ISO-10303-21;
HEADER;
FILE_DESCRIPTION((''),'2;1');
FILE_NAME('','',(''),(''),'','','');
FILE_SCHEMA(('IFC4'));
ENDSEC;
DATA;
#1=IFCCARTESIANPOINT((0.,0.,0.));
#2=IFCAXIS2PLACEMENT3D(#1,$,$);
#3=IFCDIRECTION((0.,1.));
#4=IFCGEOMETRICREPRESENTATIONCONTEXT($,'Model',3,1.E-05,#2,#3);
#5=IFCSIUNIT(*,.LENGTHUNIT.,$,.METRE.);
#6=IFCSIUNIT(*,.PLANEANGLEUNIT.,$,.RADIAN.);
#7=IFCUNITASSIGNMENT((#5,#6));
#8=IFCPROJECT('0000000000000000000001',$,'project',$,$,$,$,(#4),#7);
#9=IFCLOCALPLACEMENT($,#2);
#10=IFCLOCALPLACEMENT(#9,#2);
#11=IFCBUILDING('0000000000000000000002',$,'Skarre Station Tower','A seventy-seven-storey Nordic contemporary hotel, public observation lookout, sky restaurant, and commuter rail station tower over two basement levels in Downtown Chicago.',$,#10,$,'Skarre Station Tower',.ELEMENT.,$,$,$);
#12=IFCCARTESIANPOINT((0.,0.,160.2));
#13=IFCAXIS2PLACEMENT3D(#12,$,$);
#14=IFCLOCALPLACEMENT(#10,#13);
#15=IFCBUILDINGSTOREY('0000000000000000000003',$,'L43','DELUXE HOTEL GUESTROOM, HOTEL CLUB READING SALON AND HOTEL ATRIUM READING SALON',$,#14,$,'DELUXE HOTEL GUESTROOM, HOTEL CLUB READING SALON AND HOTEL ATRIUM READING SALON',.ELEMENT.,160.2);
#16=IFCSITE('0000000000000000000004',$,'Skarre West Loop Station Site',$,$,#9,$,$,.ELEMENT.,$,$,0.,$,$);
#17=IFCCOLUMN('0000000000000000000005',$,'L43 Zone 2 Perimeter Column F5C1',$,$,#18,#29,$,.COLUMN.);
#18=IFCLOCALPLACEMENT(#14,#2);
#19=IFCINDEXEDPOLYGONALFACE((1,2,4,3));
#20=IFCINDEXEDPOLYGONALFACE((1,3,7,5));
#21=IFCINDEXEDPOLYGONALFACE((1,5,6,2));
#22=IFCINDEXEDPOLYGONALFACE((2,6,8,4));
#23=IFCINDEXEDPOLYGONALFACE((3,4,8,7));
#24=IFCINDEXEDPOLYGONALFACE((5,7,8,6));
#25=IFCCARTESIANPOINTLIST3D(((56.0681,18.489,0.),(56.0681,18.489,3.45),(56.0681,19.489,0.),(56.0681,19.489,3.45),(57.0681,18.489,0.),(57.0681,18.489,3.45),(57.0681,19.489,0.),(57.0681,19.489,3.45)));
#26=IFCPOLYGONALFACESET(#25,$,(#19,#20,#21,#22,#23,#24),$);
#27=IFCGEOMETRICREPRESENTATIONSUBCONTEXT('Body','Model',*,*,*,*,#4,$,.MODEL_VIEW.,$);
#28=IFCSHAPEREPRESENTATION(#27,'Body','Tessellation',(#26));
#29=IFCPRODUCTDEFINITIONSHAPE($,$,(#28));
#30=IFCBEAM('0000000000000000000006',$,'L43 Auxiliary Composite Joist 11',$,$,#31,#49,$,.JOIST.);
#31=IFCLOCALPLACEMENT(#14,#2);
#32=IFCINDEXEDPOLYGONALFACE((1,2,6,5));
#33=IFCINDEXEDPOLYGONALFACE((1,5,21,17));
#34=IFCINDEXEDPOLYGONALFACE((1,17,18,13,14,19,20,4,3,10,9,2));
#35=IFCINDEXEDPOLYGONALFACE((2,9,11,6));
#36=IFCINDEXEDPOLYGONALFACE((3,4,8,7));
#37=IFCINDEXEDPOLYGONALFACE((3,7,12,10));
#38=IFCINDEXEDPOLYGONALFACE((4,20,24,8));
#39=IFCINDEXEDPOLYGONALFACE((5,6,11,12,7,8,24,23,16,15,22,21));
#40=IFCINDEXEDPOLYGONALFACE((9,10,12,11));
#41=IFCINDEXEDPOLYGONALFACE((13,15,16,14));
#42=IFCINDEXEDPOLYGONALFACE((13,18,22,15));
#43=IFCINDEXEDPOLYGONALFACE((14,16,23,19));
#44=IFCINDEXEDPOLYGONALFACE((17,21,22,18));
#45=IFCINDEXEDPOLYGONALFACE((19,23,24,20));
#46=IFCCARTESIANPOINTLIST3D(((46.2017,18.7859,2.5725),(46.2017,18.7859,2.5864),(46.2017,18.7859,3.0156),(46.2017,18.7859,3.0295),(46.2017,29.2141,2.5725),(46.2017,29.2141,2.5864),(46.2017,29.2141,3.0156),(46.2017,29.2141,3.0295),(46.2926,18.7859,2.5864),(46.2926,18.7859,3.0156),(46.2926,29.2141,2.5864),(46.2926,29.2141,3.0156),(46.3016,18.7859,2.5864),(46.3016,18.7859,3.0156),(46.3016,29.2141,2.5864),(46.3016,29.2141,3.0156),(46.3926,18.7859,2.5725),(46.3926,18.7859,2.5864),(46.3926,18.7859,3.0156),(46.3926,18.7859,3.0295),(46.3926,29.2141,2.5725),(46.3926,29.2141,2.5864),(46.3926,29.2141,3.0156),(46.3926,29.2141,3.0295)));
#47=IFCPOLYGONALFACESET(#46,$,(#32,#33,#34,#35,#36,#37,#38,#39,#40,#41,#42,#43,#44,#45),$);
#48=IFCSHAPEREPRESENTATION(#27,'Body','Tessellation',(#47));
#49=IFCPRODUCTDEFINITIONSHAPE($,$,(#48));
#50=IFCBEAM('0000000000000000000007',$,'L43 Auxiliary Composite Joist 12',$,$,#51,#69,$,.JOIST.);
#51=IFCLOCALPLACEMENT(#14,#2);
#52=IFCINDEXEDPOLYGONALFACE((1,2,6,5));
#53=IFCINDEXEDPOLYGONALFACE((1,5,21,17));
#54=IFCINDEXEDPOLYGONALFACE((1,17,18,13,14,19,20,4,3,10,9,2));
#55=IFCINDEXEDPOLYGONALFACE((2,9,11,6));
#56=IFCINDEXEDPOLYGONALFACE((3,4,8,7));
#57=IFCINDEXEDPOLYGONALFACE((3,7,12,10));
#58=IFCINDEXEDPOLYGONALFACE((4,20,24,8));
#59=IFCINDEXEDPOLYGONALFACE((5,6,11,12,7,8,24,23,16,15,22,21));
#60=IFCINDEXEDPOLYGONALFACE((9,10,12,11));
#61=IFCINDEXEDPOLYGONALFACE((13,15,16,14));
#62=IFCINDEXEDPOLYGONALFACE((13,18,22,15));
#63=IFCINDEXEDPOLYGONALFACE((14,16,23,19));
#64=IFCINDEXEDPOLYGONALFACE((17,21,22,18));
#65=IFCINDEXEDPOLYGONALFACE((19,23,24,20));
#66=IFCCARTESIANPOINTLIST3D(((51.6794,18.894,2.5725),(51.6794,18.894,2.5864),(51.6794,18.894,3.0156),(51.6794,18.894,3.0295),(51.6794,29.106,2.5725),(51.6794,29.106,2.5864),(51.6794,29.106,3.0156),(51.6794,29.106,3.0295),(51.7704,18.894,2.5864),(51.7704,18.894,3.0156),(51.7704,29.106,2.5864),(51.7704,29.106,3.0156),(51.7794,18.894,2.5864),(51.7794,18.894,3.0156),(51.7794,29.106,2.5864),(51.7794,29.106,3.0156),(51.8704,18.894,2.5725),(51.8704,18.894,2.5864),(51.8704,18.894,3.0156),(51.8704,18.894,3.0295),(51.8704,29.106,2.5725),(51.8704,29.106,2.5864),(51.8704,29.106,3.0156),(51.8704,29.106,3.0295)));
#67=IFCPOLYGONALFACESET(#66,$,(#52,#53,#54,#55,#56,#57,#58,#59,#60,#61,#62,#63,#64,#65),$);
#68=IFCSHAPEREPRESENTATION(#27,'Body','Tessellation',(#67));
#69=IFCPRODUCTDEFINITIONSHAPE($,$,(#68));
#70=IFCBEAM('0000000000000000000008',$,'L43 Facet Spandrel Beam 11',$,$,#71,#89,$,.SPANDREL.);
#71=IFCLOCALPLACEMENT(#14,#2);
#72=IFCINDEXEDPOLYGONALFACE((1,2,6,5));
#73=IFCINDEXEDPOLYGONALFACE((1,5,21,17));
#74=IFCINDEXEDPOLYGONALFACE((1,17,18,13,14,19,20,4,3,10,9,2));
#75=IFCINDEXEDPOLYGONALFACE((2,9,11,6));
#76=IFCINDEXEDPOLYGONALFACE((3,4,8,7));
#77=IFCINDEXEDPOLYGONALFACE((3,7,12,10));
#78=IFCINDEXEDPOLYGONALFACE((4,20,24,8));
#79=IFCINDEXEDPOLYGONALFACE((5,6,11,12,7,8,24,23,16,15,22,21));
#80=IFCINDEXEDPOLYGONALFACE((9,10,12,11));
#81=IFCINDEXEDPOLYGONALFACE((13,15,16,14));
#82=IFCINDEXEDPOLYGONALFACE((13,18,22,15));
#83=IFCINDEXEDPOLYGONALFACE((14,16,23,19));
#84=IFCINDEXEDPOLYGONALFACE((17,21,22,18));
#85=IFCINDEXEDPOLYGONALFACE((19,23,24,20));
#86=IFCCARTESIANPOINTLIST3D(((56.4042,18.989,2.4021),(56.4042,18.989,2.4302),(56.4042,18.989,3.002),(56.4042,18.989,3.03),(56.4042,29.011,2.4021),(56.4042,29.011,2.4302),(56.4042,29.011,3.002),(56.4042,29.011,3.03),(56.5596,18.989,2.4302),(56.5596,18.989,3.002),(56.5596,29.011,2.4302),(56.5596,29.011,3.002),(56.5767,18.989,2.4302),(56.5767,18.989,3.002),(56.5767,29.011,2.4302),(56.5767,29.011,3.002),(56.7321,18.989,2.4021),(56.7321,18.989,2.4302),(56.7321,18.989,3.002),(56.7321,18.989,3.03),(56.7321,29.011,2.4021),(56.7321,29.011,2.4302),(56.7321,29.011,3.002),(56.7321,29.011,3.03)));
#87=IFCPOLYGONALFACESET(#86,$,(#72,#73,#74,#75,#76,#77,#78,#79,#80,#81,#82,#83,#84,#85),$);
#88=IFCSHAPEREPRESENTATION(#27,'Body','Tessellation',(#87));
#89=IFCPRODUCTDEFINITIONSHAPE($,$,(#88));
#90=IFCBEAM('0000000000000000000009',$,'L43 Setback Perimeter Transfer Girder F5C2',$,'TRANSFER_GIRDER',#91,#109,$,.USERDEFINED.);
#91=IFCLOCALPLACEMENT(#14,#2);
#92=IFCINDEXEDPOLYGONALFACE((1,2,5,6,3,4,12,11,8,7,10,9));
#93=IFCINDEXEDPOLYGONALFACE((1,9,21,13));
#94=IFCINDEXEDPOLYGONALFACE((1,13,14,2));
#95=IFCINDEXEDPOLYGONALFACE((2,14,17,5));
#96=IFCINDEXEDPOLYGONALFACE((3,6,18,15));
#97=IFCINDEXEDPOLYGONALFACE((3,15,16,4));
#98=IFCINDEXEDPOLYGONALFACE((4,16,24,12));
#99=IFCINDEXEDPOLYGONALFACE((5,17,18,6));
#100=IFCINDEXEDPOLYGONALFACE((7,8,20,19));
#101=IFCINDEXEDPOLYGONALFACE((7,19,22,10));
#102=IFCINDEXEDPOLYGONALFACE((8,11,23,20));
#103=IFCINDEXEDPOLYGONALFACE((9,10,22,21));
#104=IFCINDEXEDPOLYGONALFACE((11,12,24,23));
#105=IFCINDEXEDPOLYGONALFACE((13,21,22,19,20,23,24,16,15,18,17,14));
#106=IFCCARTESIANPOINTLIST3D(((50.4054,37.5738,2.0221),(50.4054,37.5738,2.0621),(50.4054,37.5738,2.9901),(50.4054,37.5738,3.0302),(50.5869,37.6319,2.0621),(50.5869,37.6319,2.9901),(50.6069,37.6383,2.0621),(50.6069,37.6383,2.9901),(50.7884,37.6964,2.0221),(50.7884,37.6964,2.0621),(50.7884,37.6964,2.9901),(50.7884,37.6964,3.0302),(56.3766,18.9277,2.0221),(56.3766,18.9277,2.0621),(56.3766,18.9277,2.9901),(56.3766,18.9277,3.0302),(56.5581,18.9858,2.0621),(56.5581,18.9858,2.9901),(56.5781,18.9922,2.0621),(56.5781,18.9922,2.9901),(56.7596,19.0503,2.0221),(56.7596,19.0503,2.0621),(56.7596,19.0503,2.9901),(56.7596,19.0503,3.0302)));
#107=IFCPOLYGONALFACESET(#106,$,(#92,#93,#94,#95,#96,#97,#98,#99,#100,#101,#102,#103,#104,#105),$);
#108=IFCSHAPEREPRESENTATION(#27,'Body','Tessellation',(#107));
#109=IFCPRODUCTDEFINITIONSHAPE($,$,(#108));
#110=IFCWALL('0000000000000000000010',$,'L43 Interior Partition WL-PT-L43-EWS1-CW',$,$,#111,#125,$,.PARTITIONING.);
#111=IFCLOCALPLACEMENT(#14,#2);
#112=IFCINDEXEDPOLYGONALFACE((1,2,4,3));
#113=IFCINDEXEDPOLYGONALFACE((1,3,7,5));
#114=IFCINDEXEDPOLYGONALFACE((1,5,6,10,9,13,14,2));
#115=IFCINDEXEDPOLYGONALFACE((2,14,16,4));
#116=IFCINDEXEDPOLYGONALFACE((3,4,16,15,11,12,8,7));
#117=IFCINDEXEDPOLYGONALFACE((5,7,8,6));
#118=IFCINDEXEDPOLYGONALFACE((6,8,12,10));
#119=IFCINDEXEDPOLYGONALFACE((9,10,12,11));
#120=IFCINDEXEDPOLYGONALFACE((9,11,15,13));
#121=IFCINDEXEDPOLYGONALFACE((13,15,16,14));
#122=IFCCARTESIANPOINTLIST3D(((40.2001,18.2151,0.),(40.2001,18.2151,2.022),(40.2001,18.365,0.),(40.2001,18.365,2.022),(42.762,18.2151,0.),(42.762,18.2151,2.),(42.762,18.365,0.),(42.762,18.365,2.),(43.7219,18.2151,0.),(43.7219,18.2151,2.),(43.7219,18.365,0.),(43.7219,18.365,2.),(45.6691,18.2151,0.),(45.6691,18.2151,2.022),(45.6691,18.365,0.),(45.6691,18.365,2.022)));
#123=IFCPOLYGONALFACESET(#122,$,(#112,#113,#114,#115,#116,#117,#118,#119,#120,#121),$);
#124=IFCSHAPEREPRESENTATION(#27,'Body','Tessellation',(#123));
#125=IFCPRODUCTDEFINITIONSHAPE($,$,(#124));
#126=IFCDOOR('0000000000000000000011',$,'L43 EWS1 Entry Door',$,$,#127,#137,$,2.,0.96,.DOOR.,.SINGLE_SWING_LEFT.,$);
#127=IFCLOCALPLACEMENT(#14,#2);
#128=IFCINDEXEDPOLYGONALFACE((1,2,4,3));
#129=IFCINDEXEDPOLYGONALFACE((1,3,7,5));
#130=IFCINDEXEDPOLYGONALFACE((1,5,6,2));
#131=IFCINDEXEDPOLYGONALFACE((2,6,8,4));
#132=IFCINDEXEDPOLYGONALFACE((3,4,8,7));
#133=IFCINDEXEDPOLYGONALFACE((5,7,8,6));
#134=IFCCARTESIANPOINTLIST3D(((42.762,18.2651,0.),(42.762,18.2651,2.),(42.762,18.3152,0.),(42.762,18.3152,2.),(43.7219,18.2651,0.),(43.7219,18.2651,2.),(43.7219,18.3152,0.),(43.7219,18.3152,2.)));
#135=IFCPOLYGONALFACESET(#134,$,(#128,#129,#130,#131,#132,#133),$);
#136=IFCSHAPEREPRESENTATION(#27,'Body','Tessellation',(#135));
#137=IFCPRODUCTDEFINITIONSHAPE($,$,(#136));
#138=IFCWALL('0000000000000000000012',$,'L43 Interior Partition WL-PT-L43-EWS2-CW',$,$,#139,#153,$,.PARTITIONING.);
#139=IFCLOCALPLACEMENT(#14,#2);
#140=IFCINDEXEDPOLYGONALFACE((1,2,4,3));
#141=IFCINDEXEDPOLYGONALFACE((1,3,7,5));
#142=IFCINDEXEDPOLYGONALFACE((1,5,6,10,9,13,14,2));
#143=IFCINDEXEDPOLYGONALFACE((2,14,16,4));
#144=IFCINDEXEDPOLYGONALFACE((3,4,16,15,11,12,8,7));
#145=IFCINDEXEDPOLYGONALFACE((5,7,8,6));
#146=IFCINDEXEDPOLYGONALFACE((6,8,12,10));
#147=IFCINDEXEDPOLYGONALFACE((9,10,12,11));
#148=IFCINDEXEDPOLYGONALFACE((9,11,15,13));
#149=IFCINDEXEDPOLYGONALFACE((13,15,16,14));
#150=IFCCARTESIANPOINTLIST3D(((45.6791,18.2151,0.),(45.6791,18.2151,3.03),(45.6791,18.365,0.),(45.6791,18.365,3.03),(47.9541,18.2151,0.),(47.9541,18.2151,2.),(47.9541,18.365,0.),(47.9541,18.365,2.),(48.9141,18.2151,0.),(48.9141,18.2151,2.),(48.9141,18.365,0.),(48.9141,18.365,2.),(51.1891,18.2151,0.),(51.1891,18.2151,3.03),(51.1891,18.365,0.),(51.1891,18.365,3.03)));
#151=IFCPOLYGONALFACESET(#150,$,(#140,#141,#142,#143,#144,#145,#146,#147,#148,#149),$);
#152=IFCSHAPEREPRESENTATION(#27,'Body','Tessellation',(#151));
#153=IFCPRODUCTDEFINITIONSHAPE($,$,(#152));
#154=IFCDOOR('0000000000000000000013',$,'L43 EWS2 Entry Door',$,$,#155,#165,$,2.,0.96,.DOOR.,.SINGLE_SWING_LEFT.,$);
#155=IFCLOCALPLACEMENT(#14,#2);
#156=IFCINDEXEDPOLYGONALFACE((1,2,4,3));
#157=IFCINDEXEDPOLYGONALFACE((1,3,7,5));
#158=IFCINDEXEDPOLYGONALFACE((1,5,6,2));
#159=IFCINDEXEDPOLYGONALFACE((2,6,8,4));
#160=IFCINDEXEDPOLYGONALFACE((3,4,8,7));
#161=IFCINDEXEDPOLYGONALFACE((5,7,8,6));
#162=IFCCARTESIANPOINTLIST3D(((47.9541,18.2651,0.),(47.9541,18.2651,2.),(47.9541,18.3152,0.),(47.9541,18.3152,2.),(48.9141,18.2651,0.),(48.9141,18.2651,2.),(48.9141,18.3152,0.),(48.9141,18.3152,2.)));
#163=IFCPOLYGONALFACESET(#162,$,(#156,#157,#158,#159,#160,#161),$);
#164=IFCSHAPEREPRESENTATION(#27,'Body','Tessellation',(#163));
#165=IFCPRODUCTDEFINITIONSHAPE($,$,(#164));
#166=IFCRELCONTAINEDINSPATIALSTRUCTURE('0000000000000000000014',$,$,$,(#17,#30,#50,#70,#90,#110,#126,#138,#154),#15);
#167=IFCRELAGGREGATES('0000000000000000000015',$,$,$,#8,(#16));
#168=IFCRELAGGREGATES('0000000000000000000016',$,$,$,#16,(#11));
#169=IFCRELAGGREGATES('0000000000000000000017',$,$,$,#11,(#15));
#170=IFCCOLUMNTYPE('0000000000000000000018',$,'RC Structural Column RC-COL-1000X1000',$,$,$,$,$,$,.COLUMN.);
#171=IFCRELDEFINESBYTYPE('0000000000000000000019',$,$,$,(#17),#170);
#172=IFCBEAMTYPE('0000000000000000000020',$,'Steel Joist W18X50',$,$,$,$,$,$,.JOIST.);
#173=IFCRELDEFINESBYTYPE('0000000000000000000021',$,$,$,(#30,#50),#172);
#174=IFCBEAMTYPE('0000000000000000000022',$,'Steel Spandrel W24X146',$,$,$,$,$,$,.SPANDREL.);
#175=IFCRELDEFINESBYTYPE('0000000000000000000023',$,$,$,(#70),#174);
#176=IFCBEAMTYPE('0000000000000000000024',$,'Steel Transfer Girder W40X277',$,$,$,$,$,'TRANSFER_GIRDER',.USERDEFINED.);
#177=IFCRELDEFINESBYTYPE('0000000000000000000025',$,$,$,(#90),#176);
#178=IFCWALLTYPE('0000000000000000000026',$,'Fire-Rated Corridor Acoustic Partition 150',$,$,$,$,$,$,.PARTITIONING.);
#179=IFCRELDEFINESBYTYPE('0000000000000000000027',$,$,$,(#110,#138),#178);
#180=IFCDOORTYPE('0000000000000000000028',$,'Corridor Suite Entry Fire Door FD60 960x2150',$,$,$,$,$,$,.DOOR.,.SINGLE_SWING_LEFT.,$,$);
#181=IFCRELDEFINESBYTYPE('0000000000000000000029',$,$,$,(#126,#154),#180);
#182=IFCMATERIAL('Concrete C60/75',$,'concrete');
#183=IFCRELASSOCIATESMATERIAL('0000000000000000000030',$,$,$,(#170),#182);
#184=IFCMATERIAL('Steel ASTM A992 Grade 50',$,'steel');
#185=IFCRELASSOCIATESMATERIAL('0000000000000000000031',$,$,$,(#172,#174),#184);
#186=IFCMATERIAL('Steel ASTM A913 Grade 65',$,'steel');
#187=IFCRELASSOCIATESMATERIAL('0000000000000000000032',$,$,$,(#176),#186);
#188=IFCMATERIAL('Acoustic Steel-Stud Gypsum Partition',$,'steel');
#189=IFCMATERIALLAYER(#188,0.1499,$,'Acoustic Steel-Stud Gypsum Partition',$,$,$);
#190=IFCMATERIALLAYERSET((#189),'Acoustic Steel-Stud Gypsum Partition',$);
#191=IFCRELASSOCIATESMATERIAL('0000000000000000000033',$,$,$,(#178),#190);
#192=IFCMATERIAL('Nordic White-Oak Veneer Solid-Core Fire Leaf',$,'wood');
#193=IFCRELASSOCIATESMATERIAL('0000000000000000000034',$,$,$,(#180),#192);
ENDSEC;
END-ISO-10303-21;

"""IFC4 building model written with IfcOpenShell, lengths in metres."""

from ifc_helpers import new_model, si_unit, direction, frame, frame_2d, origin, origin_2d, place, context, subcontext, project, spatial, rectangle, i_section, extrude, material, layer, layer_set, material_profile, profile_set, type_object, element, fill, save


model = new_model("IFC4")

# Units and contexts
model_context = context("Model", 3, precision=1e-05, world=origin(), true_north=direction((0.0, 1.0)))
body_context = subcontext(model_context, "Body", "Model", "MODEL_VIEW")
ifc_project = project(units=[si_unit("LENGTHUNIT", "METRE"), si_unit("PLANEANGLEUNIT", "RADIAN")], contexts=[model_context])

# Site, building, storey
site_placement = place(None, origin())
site = spatial("IfcSite", under=ifc_project, at=site_placement, Name="Skarre West Loop Station Site", CompositionType="ELEMENT", RefElevation=0.0)
building_placement = place(site_placement, origin())
building = spatial("IfcBuilding", under=site, at=building_placement, Name="Skarre Station Tower", Description="A seventy-seven-storey Nordic contemporary hotel, public observation lookout, sky restaurant, and commuter rail station tower over two basement levels in Downtown Chicago.", LongName="Skarre Station Tower", CompositionType="ELEMENT")
storey_placement = place(building_placement, frame((0.0, 0.0, 160.2)))
storey = spatial("IfcBuildingStorey", under=building, at=storey_placement, Name="L43", Description="DELUXE HOTEL GUESTROOM, HOTEL CLUB READING SALON AND HOTEL ATRIUM READING SALON", LongName="DELUXE HOTEL GUESTROOM, HOTEL CLUB READING SALON AND HOTEL ATRIUM READING SALON", CompositionType="ELEMENT", Elevation=160.2)

# Column
ifc_material_1 = material(Name="Concrete C60/75", Category="concrete")
ifc_material_profile_1 = material_profile(ifc_material_1, rectangle(XDim=1.0, YDim=1.0, at=origin_2d()), Name="Concrete C60/75")
ifc_profile_set_1 = profile_set([ifc_material_profile_1], Name="Concrete C60/75")
column_type = type_object("IfcColumnType", Name="RC Structural Column RC-COL-1000X1000", PredefinedType="COLUMN", material=ifc_profile_set_1)
column_placement = place(storey_placement, frame((56.5681, 18.989, 0.0), z_axis=(0.0, 0.0, 1.0), x_axis=(1.0, 0.0, 0.0)))
element("IfcColumn", 1, at=column_placement, inside=storey, type_object=column_type, Name="L43 Zone 2 Perimeter Column F5C1", PredefinedType="COLUMN", context=body_context, shape_type="SweptSolid", body=[
    extrude(rectangle(XDim=1.0, YDim=1.0, at=origin_2d()), origin(), (0.0, 0.0, 1.0), 3.45),
])

# Beams
ifc_material_2 = material(Name="Steel ASTM A992 Grade 50", Category="steel")
ifc_material_profile_2 = material_profile(ifc_material_2, i_section(OverallWidth=0.1909, OverallDepth=0.457, WebThickness=0.009, FlangeThickness=0.0139, at=origin_2d()), Name="Steel ASTM A992 Grade 50")
ifc_profile_set_2 = profile_set([ifc_material_profile_2], Name="Steel ASTM A992 Grade 50")
beam_type_1 = type_object("IfcBeamType", Name="Steel Joist W18X50", PredefinedType="JOIST", material=ifc_profile_set_2)
beam_1_placement = place(storey_placement, frame((46.2971, 18.7859, 2.801), z_axis=(0.0, 1.0, 0.0), x_axis=(-1.0, 0.0, 0.0)))
element("IfcBeam", 2, at=beam_1_placement, inside=storey, type_object=beam_type_1, Name="L43 Auxiliary Composite Joist 11", PredefinedType="JOIST", context=body_context, shape_type="SweptSolid", body=[
    extrude(i_section(OverallWidth=0.1909, OverallDepth=0.457, WebThickness=0.009, FlangeThickness=0.0139, at=origin_2d()), origin(), (0.0, 0.0, 1.0), 10.4282),
])
beam_2_placement = place(storey_placement, frame((51.7749, 18.894, 2.801), z_axis=(0.0, 1.0, 0.0), x_axis=(-1.0, 0.0, 0.0)))
element("IfcBeam", 3, at=beam_2_placement, inside=storey, type_object=beam_type_1, Name="L43 Auxiliary Composite Joist 12", PredefinedType="JOIST", context=body_context, shape_type="SweptSolid", body=[
    extrude(i_section(OverallWidth=0.1909, OverallDepth=0.457, WebThickness=0.009, FlangeThickness=0.0139, at=origin_2d()), origin(), (0.0, 0.0, 1.0), 10.2119),
])
ifc_material_profile_3 = material_profile(ifc_material_2, i_section(OverallWidth=0.3279, OverallDepth=0.6279, WebThickness=0.0171, FlangeThickness=0.0281, at=origin_2d()), Name="Steel ASTM A992 Grade 50")
ifc_profile_set_3 = profile_set([ifc_material_profile_3], Name="Steel ASTM A992 Grade 50")
beam_type_2 = type_object("IfcBeamType", Name="Steel Spandrel W24X146", PredefinedType="SPANDREL", material=ifc_profile_set_3)
beam_3_placement = place(storey_placement, frame((56.5681, 18.989, 2.7161), z_axis=(0.0, 1.0, 0.0), x_axis=(-1.0, 0.0, 0.0)))
element("IfcBeam", 4, at=beam_3_placement, inside=storey, type_object=beam_type_2, Name="L43 Facet Spandrel Beam 11", PredefinedType="SPANDREL", context=body_context, shape_type="SweptSolid", body=[
    extrude(i_section(OverallWidth=0.3279, OverallDepth=0.6279, WebThickness=0.0171, FlangeThickness=0.0281, at=origin_2d()), origin(), (0.0, 0.0, 1.0), 10.022),
])
ifc_material_3 = material(Name="Steel ASTM A913 Grade 65", Category="steel")
ifc_material_profile_4 = material_profile(ifc_material_3, i_section(OverallWidth=0.4021, OverallDepth=1.0081, WebThickness=0.021, FlangeThickness=0.04, at=origin_2d()), Name="Steel ASTM A913 Grade 65")
ifc_profile_set_4 = profile_set([ifc_material_profile_4], Name="Steel ASTM A913 Grade 65")
beam_type_3 = type_object("IfcBeamType", Name="Steel Transfer Girder W40X277", ElementType="TRANSFER_GIRDER", PredefinedType="USERDEFINED", material=ifc_profile_set_4)
beam_4_placement = place(storey_placement, frame((56.5681, 18.989, 2.5261), z_axis=(-0.304983, 0.952358, 0.0), x_axis=(-0.952358, -0.304983, 0.0)))
element("IfcBeam", 5, at=beam_4_placement, inside=storey, type_object=beam_type_3, Name="L43 Setback Perimeter Transfer Girder F5C2", ObjectType="TRANSFER_GIRDER", PredefinedType="USERDEFINED", context=body_context, shape_type="SweptSolid", body=[
    extrude(i_section(OverallWidth=0.4021, OverallDepth=1.0081, WebThickness=0.021, FlangeThickness=0.04, at=origin_2d()), origin(), (0.0, 0.0, 1.0), 19.5789),
])

# Walls, openings, doors
ifc_material_4 = material(Name="Acoustic Steel-Stud Gypsum Partition", Category="steel")
ifc_layer_1 = layer(ifc_material_4, 0.1499, Name="Acoustic Steel-Stud Gypsum Partition")
ifc_layer_set_1 = layer_set([ifc_layer_1], Name="Acoustic Steel-Stud Gypsum Partition")
wall_type_1 = type_object("IfcWallType", Name="Fire-Rated Corridor Acoustic Partition 150", PredefinedType="PARTITIONING", material=ifc_layer_set_1)
wall_1_placement = place(storey_placement, frame((45.6689, 18.29, 0.0), z_axis=(0.0, 0.0, 1.0), x_axis=(-1.0, 0.0, 0.0)))
wall_1 = element("IfcWall", 6, at=wall_1_placement, inside=storey, type_object=wall_type_1, Name="L43 Interior Partition WL-PT-L43-EWS1-CW", PredefinedType="PARTITIONING", context=body_context, shape_type="SweptSolid", body=[
    extrude(rectangle(XDim=5.469, YDim=0.1499, at=frame_2d((2.7344, 0.0))), origin(), (0.0, 0.0, 1.0), 2.022),
])
opening_1_placement = place(wall_1_placement, frame((1.947, 0.0, 0.0)))
opening_1 = element("IfcOpeningElement", 7, at=opening_1_placement, cuts=wall_1, PredefinedType="OPENING", context=body_context, shape_type="SweptSolid", body=[
    extrude(rectangle(XDim=0.96, YDim=2.0, at=frame_2d((0.48, 1.0))), frame((0.0, 0.085, 0.0), z_axis=(0.0, -1.0, 0.0), x_axis=(1.0, 0.0, 0.0)), (0.0, 0.0, 1.0), 0.1699),
])
ifc_material_5 = material(Name="Nordic White-Oak Veneer Solid-Core Fire Leaf", Category="wood")
door_type = type_object("IfcDoorType", Name="Corridor Suite Entry Fire Door FD60 960x2150", OperationType="SINGLE_SWING_LEFT", PredefinedType="DOOR", material=ifc_material_5)
door_1_placement = place(opening_1_placement, origin())
door_1 = element("IfcDoor", 8, at=door_1_placement, inside=storey, type_object=door_type, Name="L43 EWS1 Entry Door", OperationType="SINGLE_SWING_LEFT", OverallHeight=2.0, OverallWidth=0.96, PredefinedType="DOOR", context=body_context, shape_type="SweptSolid", body=[
    extrude(rectangle(XDim=0.96, YDim=2.0, at=frame_2d((0.48, 1.0))), frame((0.0, 0.0249, 0.0), z_axis=(0.0, -1.0, 0.0), x_axis=(1.0, 0.0, 0.0)), (0.0, 0.0, 1.0), 0.05),
])
fill(opening_1, door_1)
wall_2_placement = place(storey_placement, frame((51.189, 18.29, 0.0), z_axis=(0.0, 0.0, 1.0), x_axis=(-1.0, 0.0, 0.0)))
wall_2 = element("IfcWall", 9, at=wall_2_placement, inside=storey, type_object=wall_type_1, Name="L43 Interior Partition WL-PT-L43-EWS2-CW", PredefinedType="PARTITIONING", context=body_context, shape_type="SweptSolid", body=[
    extrude(rectangle(XDim=5.51, YDim=0.1499, at=frame_2d((2.7549, 0.0))), origin(), (0.0, 0.0, 1.0), 3.03),
])
opening_2_placement = place(wall_2_placement, frame((2.2749, 0.0, 0.0)))
opening_2 = element("IfcOpeningElement", 10, at=opening_2_placement, cuts=wall_2, PredefinedType="OPENING", context=body_context, shape_type="SweptSolid", body=[
    extrude(rectangle(XDim=0.96, YDim=2.0, at=frame_2d((0.48, 1.0))), frame((0.0, 0.085, 0.0), z_axis=(0.0, -1.0, 0.0), x_axis=(1.0, 0.0, 0.0)), (0.0, 0.0, 1.0), 0.1699),
])
door_2_placement = place(opening_2_placement, origin())
door_2 = element("IfcDoor", 11, at=door_2_placement, inside=storey, type_object=door_type, Name="L43 EWS2 Entry Door", OperationType="SINGLE_SWING_LEFT", OverallHeight=2.0, OverallWidth=0.96, PredefinedType="DOOR", context=body_context, shape_type="SweptSolid", body=[
    extrude(rectangle(XDim=0.96, YDim=2.0, at=frame_2d((0.48, 1.0))), frame((0.0, 0.0249, 0.0), z_axis=(0.0, -1.0, 0.0), x_axis=(1.0, 0.0, 0.0)), (0.0, 0.0, 1.0), 0.05),
])
fill(opening_2, door_2)

save(model, "model.ifc")
